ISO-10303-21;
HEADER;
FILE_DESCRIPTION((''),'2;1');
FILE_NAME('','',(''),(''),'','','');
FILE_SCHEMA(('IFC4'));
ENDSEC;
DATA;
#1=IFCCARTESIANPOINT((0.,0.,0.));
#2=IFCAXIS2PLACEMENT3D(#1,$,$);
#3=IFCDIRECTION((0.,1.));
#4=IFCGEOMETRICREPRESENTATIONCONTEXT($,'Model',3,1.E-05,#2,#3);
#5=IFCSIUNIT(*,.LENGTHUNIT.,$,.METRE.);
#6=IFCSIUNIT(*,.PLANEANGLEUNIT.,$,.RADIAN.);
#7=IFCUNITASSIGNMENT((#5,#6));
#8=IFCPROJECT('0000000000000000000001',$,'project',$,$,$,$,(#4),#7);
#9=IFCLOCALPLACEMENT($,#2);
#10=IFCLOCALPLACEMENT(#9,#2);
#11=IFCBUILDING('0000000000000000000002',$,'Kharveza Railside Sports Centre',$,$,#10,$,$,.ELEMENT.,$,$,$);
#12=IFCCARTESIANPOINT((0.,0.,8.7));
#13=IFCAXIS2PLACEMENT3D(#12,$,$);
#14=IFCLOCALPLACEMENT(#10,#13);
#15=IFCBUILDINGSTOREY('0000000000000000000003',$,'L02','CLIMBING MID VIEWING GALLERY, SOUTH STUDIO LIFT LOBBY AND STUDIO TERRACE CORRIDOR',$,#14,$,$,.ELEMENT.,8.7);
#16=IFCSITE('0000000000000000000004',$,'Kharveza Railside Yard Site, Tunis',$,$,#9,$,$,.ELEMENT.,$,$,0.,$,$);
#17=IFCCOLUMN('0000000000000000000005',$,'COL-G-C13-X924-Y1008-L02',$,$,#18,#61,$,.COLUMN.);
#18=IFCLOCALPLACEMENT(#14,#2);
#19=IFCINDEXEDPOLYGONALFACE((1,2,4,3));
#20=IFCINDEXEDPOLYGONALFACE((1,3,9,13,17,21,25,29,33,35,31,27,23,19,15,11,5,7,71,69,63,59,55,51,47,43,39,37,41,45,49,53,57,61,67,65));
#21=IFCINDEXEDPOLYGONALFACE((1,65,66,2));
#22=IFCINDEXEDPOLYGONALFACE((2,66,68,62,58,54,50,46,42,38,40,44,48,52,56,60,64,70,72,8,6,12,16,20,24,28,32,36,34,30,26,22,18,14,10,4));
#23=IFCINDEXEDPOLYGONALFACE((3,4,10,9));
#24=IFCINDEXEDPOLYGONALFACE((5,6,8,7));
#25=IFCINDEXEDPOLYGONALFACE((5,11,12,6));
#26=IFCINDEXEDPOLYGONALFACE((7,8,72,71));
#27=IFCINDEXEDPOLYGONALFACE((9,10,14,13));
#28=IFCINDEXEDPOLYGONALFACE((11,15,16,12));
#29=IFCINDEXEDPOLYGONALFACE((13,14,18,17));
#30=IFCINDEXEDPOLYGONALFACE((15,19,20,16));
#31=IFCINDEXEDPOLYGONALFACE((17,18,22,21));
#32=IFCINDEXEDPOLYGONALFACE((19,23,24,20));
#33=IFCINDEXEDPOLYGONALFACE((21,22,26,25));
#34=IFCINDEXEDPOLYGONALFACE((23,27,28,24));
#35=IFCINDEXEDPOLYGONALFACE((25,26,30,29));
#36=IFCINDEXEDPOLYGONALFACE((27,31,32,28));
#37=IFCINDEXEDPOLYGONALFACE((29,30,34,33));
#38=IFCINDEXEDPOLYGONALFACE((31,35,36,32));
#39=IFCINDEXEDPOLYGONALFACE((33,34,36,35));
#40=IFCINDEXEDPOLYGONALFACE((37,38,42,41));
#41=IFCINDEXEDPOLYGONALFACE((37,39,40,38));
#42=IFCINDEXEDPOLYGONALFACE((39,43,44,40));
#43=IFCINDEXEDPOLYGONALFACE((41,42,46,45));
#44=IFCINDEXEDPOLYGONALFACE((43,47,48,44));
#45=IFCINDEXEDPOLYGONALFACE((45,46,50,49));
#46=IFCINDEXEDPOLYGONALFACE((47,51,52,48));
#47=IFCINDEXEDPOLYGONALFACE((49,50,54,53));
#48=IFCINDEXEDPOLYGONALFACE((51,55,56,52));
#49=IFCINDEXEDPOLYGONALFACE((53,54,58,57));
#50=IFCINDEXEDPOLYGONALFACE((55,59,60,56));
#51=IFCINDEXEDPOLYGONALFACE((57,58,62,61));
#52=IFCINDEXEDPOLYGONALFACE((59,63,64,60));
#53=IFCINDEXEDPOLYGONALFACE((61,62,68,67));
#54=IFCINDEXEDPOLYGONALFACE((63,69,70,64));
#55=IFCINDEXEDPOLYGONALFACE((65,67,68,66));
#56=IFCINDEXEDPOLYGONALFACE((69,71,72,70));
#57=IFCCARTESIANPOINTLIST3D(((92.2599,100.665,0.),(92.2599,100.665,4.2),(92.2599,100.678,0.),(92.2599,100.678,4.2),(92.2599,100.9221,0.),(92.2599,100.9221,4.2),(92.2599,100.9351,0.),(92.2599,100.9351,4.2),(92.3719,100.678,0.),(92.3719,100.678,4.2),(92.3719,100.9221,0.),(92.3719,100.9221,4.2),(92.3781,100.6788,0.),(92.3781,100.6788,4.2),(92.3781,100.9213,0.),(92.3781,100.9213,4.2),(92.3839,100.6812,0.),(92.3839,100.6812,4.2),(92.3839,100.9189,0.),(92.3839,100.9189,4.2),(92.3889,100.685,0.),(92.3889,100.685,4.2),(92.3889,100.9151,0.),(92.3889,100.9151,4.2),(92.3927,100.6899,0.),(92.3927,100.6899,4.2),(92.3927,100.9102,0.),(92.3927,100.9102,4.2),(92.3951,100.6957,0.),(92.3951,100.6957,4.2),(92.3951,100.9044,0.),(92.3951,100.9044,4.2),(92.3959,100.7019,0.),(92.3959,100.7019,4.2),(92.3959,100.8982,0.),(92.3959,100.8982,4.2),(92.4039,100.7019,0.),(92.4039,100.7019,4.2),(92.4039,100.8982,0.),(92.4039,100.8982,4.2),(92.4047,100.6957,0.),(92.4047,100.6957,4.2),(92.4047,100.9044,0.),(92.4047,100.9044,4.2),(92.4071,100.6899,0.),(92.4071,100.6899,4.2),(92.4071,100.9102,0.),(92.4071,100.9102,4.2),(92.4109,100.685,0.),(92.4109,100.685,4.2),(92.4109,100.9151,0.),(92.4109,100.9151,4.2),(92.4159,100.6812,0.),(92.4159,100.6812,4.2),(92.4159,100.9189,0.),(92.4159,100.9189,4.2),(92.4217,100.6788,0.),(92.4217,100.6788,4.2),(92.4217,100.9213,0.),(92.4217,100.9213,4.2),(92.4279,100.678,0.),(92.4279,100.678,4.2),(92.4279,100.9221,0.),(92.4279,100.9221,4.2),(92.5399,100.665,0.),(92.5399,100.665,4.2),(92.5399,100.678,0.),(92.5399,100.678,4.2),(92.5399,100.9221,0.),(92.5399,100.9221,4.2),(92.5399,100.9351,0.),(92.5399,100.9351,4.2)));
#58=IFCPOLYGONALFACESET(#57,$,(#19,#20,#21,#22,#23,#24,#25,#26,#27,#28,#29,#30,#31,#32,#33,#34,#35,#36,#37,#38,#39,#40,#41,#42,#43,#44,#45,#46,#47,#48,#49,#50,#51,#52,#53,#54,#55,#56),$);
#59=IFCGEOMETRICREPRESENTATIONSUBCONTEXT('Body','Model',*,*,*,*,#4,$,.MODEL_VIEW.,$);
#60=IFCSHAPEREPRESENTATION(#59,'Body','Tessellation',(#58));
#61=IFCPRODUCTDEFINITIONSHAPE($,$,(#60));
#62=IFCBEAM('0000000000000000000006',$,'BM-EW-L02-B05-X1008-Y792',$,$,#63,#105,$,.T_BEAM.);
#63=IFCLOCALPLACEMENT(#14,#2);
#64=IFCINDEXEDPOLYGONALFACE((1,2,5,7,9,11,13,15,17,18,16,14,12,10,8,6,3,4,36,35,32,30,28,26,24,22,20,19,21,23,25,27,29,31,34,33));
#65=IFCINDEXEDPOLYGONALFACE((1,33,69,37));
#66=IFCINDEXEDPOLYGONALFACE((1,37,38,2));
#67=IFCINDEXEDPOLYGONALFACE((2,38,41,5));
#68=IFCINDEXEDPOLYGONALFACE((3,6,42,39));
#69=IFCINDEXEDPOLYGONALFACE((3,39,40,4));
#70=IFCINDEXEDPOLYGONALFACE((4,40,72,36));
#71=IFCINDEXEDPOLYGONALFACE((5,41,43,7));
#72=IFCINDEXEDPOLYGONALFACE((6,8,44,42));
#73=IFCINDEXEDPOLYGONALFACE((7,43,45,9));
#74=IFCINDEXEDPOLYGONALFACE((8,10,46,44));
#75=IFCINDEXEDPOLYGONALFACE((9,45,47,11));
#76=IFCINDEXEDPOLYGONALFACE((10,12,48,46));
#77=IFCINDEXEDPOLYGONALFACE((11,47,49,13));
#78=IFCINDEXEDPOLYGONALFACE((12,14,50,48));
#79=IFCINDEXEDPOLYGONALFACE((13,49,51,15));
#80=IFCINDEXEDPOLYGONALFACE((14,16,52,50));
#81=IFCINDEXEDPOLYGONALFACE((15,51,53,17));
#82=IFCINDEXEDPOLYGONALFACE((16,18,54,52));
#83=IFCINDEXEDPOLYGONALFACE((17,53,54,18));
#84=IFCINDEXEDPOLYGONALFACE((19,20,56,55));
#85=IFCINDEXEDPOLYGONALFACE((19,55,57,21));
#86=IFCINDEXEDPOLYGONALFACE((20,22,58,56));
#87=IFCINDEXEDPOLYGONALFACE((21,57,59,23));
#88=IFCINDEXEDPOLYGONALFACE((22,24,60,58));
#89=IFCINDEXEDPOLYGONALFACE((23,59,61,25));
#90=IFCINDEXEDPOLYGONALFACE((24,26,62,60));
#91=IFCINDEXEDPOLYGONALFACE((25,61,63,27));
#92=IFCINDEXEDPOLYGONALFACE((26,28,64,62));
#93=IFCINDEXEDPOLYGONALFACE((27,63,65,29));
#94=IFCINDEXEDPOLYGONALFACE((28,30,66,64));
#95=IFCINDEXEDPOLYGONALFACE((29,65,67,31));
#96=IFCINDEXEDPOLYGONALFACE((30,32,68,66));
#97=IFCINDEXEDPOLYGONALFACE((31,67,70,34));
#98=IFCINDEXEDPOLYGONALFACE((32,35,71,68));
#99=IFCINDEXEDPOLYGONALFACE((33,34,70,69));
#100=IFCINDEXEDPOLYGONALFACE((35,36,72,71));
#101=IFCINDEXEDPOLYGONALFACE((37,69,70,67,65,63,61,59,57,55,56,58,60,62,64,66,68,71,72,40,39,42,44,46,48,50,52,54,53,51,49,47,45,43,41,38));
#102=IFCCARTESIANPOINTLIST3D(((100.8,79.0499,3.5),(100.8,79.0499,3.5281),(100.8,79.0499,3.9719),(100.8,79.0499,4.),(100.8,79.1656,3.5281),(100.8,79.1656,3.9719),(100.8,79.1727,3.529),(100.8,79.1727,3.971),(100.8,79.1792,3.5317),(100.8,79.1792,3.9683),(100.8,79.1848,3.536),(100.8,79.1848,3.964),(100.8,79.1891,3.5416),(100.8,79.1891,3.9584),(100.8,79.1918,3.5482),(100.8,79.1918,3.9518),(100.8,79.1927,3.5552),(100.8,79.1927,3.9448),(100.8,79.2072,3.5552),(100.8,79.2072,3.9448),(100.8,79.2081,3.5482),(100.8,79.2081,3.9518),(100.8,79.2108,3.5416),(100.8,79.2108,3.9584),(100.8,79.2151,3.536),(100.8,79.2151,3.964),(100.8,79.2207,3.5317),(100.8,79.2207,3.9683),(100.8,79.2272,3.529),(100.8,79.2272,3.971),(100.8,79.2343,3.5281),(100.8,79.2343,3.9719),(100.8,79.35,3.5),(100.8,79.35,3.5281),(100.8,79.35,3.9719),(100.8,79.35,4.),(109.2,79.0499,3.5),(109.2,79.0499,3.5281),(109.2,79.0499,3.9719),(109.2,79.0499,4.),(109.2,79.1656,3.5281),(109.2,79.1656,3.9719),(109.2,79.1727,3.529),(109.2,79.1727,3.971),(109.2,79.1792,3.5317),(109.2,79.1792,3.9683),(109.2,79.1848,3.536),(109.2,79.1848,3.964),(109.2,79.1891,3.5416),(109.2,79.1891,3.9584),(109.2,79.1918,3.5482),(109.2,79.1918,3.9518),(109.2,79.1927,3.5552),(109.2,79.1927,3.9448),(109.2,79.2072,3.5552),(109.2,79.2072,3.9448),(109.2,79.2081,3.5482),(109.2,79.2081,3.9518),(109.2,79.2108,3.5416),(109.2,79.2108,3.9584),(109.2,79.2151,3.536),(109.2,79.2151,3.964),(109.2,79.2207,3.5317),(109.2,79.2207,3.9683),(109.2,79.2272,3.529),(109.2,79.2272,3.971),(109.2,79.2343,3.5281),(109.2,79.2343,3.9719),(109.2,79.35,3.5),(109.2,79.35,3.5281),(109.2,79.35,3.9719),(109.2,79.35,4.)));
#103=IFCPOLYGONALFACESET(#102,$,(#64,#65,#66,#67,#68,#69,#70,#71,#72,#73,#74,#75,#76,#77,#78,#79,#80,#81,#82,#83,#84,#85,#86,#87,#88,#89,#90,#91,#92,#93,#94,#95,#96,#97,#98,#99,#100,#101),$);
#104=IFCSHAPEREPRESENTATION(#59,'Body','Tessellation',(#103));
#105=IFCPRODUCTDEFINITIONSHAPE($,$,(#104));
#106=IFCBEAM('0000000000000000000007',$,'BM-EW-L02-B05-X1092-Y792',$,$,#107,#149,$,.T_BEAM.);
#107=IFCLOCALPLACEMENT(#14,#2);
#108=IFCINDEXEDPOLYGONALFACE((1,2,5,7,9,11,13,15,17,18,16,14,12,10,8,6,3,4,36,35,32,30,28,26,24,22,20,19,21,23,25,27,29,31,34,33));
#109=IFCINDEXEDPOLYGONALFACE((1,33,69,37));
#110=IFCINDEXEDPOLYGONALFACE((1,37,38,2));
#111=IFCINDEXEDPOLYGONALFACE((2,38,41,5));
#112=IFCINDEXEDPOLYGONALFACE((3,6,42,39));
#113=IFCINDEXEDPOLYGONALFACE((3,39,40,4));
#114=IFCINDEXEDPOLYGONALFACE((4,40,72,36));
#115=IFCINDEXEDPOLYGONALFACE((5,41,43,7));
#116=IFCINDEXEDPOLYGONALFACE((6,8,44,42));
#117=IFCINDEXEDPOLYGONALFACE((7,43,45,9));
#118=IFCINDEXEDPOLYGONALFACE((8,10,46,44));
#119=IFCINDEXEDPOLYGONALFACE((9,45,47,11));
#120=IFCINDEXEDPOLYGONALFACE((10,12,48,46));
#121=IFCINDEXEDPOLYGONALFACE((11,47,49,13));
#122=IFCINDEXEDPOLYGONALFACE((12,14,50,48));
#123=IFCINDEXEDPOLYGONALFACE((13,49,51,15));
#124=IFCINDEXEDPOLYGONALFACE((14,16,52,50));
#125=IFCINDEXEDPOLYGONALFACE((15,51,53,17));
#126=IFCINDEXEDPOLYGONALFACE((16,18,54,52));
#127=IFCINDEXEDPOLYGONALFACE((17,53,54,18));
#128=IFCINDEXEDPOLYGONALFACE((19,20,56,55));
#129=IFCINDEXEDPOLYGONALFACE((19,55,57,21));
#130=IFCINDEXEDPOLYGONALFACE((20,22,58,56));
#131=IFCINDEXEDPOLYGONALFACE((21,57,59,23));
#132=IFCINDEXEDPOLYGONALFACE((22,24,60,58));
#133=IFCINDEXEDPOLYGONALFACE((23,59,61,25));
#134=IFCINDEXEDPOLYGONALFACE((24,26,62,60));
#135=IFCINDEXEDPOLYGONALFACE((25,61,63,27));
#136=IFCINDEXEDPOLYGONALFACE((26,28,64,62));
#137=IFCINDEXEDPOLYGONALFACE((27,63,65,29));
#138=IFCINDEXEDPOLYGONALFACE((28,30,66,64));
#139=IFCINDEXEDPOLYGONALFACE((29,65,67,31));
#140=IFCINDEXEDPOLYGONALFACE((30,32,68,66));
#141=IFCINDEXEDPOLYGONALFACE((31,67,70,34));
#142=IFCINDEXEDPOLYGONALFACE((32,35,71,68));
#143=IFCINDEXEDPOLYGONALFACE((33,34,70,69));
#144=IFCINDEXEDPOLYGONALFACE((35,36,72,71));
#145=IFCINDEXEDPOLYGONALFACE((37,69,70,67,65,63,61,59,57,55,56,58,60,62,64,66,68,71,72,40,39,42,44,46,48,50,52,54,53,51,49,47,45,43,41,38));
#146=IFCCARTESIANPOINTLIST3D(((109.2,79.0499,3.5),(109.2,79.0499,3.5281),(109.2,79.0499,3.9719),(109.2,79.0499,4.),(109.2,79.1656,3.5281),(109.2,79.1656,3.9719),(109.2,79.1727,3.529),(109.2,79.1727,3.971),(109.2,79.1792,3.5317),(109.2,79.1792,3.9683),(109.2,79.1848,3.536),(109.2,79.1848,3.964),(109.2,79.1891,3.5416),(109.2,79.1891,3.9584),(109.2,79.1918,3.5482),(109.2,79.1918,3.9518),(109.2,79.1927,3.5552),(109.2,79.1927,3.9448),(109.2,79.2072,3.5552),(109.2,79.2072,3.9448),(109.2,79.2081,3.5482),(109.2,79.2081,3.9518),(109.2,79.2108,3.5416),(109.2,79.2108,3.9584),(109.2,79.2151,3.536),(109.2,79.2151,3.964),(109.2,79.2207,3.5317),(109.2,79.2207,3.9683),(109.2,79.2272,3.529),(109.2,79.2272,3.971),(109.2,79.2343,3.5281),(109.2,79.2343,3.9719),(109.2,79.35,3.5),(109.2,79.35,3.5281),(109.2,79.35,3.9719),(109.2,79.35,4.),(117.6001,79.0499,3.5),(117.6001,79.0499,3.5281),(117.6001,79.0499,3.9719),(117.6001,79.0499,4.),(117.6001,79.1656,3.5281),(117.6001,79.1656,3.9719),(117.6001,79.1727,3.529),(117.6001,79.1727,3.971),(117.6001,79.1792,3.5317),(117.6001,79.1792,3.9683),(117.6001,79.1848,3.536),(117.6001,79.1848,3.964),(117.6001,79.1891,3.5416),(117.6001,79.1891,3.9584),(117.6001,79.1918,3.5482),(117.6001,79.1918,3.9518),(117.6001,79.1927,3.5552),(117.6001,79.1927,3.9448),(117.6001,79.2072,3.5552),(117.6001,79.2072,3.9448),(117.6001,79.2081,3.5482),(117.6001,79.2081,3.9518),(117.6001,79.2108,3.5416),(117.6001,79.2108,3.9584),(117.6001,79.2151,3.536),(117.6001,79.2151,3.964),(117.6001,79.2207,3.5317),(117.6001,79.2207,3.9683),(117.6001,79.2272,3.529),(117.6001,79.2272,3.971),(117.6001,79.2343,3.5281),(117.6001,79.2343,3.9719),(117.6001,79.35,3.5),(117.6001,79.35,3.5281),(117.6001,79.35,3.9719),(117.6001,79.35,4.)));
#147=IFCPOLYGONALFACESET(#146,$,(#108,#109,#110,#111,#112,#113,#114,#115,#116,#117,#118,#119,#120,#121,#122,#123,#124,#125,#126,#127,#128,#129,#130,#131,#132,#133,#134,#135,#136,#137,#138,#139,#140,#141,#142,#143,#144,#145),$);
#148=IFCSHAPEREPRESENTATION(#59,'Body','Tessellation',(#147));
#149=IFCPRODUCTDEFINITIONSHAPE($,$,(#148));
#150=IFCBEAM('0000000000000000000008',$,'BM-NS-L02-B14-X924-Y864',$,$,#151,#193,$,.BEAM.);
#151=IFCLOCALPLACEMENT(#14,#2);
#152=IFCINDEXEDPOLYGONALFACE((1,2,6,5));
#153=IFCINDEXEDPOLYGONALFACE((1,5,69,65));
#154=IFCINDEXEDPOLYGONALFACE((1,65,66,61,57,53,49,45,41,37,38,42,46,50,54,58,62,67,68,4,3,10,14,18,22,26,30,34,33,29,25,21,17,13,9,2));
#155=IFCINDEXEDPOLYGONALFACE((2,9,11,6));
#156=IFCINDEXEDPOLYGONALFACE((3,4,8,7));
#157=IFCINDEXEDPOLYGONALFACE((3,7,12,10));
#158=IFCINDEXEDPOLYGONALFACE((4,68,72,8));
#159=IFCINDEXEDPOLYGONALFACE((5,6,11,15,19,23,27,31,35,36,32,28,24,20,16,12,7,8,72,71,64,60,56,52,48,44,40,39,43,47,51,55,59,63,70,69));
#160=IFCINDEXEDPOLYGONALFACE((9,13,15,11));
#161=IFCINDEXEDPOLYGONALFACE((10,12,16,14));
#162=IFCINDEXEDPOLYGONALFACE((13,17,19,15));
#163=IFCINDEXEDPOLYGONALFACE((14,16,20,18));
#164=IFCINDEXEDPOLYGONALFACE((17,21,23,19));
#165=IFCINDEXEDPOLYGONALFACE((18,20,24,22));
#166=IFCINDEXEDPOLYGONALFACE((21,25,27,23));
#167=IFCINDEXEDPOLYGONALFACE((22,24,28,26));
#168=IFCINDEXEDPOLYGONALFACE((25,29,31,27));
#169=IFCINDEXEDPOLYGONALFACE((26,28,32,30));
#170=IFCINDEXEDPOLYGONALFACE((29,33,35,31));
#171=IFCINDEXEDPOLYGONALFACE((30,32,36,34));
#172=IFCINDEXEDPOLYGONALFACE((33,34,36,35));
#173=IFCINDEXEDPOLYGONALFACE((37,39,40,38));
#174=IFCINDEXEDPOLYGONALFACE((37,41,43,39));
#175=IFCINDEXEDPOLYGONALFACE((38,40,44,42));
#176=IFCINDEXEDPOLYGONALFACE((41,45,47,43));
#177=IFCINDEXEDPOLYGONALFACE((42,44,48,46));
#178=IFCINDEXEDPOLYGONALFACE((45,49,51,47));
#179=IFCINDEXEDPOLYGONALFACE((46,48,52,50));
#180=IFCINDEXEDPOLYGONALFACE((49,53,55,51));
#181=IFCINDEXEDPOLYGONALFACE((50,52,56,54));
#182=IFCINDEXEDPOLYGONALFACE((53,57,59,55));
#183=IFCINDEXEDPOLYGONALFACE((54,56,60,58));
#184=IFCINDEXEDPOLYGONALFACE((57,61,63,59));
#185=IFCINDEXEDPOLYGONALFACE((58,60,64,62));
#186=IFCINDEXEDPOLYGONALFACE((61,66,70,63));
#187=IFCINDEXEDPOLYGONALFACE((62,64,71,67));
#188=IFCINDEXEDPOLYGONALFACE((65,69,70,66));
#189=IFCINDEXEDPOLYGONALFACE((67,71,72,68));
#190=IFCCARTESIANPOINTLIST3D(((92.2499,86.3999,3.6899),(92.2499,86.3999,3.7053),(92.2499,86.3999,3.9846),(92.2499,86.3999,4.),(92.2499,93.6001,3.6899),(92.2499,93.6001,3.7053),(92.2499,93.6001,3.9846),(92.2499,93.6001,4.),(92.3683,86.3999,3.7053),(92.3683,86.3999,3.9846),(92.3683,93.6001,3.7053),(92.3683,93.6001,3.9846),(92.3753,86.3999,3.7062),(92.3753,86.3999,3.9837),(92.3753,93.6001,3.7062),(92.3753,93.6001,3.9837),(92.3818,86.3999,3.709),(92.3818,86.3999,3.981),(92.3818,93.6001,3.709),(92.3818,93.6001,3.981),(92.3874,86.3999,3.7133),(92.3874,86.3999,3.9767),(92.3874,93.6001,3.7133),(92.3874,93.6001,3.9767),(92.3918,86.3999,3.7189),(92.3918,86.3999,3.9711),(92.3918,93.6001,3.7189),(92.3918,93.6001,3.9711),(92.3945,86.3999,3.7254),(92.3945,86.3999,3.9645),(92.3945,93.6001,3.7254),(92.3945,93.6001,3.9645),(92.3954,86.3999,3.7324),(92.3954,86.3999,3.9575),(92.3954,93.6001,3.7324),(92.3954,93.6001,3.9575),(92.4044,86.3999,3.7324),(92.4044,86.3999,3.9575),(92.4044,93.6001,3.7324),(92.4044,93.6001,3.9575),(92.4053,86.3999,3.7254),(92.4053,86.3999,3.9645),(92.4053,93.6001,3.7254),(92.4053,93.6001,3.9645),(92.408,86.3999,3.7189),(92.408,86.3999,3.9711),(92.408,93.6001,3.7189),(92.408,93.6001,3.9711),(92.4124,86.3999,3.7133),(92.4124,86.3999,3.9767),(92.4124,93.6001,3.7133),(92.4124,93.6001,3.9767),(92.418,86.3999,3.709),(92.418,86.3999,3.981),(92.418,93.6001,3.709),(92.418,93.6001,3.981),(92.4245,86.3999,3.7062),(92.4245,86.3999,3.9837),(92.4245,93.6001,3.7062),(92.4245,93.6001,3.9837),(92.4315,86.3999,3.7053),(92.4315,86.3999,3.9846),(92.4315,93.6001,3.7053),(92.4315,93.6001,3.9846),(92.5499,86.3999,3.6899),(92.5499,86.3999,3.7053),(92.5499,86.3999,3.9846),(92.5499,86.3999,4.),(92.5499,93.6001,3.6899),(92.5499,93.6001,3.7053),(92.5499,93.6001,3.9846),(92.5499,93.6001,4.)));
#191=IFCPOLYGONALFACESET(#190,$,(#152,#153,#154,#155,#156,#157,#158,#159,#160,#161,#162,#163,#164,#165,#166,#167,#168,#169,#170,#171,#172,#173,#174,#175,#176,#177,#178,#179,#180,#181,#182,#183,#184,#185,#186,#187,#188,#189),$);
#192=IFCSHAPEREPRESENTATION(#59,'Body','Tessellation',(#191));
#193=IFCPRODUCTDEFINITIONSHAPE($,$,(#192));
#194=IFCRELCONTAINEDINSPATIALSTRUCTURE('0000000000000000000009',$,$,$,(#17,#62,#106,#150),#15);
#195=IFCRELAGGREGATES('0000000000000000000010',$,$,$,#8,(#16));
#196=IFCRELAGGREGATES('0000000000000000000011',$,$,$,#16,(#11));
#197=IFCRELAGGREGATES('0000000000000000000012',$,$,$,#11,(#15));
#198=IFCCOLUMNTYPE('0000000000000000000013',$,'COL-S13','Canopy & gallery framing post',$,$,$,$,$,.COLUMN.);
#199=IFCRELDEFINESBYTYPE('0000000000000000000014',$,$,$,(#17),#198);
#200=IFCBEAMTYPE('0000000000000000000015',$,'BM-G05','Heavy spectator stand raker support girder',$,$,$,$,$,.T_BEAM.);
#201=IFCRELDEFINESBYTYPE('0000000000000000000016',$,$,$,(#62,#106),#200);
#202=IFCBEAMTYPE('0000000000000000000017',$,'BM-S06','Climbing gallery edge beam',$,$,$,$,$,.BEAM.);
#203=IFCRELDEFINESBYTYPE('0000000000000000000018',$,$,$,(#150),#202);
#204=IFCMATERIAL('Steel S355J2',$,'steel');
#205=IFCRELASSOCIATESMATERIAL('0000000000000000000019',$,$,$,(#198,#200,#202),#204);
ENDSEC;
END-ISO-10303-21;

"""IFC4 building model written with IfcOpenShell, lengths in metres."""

from ifc_helpers import new_model, si_unit, direction, frame, origin, origin_2d, place, context, subcontext, project, spatial, i_section, extrude, material, material_profile, profile_set, type_object, element, save


model = new_model("IFC4")

# Units and contexts
model_context = context("Model", 3, precision=1e-05, world=origin(), true_north=direction((0.0, 1.0)))
body_context = subcontext(model_context, "Body", "Model", "MODEL_VIEW")
ifc_project = project(units=[si_unit("LENGTHUNIT", "METRE"), si_unit("PLANEANGLEUNIT", "RADIAN")], contexts=[model_context])

# Site, building, storey
site_placement = place(None, origin())
site = spatial("IfcSite", under=ifc_project, at=site_placement, Name="Kharveza Railside Yard Site, Tunis", CompositionType="ELEMENT", RefElevation=0.0)
building_placement = place(site_placement, origin())
building = spatial("IfcBuilding", under=site, at=building_placement, Name="Kharveza Railside Sports Centre", CompositionType="ELEMENT")
storey_placement = place(building_placement, frame((0.0, 0.0, 8.7)))
storey = spatial("IfcBuildingStorey", under=building, at=storey_placement, Name="L02", Description="CLIMBING MID VIEWING GALLERY, SOUTH STUDIO LIFT LOBBY AND STUDIO TERRACE CORRIDOR", CompositionType="ELEMENT", Elevation=8.7)

# Column
ifc_material_1 = material(Name="Steel S355J2", Category="steel")
ifc_material_profile_1 = material_profile(ifc_material_1, i_section(OverallWidth=0.28, OverallDepth=0.27, WebThickness=0.0081, FlangeThickness=0.0129, FilletRadius=0.0239, at=origin_2d()), Name="HEA 280")
ifc_profile_set_1 = profile_set([ifc_material_profile_1], Name="Steel S355J2")
column_type_1 = type_object("IfcColumnType", Name="COL-S13", Description="Canopy & gallery framing post", PredefinedType="COLUMN", material=ifc_profile_set_1)
for number, where, z_axis, x_axis, name in (
    (1, (92.3999, 100.8, 0.0), (0.0, 0.0, 1.0), (1.0, 0.0, 0.0), "COL-G-C13-X924-Y1008-L02"),
):
    element("IfcColumn", number, at=place(storey_placement, frame(where, z_axis=z_axis, x_axis=x_axis)), inside=storey, type_object=column_type_1, Name=name, PredefinedType="COLUMN", context=body_context, shape_type="SweptSolid", body=[
        extrude(i_section(OverallWidth=0.28, OverallDepth=0.27, WebThickness=0.0081, FlangeThickness=0.0129, FilletRadius=0.0239, at=origin_2d()), origin(), (0.0, 0.0, 1.0), 4.2),
    ])

# Beams
ifc_material_profile_2 = material_profile(ifc_material_1, i_section(OverallWidth=0.3, OverallDepth=0.5, WebThickness=0.0144, FlangeThickness=0.0281, FilletRadius=0.0271, at=origin_2d()), Name="HEB 500")
ifc_profile_set_2 = profile_set([ifc_material_profile_2], Name="Steel S355J2")
beam_type_1 = type_object("IfcBeamType", Name="BM-G05", Description="Heavy spectator stand raker support girder", PredefinedType="T_BEAM", material=ifc_profile_set_2)
beam_1_placement = place(storey_placement, frame((100.8, 79.2, 3.75), z_axis=(1.0, 0.0, 0.0), x_axis=(0.0, 1.0, 0.0)))
element("IfcBeam", 2, at=beam_1_placement, inside=storey, type_object=beam_type_1, Name="BM-EW-L02-B05-X1008-Y792", PredefinedType="T_BEAM", context=body_context, shape_type="SweptSolid", body=[
    extrude(i_section(OverallWidth=0.3, OverallDepth=0.5, WebThickness=0.0144, FlangeThickness=0.0281, FilletRadius=0.0271, at=origin_2d()), origin(), (0.0, 0.0, 1.0), 8.3999),
])
beam_2_placement = place(storey_placement, frame((109.2, 79.2, 3.75), z_axis=(1.0, 0.0, 0.0), x_axis=(0.0, 1.0, 0.0)))
element("IfcBeam", 3, at=beam_2_placement, inside=storey, type_object=beam_type_1, Name="BM-EW-L02-B05-X1092-Y792", PredefinedType="T_BEAM", context=body_context, shape_type="SweptSolid", body=[
    extrude(i_section(OverallWidth=0.3, OverallDepth=0.5, WebThickness=0.0144, FlangeThickness=0.0281, FilletRadius=0.0271, at=origin_2d()), origin(), (0.0, 0.0, 1.0), 8.4001),
])
ifc_material_profile_3 = material_profile(ifc_material_1, i_section(OverallWidth=0.3, OverallDepth=0.3101, WebThickness=0.009, FlangeThickness=0.0154, FilletRadius=0.0271, at=origin_2d()), Name="HEA 320")
ifc_profile_set_3 = profile_set([ifc_material_profile_3], Name="Steel S355J2")
beam_type_2 = type_object("IfcBeamType", Name="BM-S06", Description="Climbing gallery edge beam", PredefinedType="BEAM", material=ifc_profile_set_3)
beam_3_placement = place(storey_placement, frame((92.3999, 86.3999, 3.845), z_axis=(0.0, 1.0, 0.0), x_axis=(-1.0, 0.0, 0.0)))
element("IfcBeam", 4, at=beam_3_placement, inside=storey, type_object=beam_type_2, Name="BM-NS-L02-B14-X924-Y864", PredefinedType="BEAM", context=body_context, shape_type="SweptSolid", body=[
    extrude(i_section(OverallWidth=0.3, OverallDepth=0.3101, WebThickness=0.009, FlangeThickness=0.0154, FilletRadius=0.0271, at=origin_2d()), origin(), (0.0, 0.0, 1.0), 7.2002),
])

save(model, "model.ifc")
